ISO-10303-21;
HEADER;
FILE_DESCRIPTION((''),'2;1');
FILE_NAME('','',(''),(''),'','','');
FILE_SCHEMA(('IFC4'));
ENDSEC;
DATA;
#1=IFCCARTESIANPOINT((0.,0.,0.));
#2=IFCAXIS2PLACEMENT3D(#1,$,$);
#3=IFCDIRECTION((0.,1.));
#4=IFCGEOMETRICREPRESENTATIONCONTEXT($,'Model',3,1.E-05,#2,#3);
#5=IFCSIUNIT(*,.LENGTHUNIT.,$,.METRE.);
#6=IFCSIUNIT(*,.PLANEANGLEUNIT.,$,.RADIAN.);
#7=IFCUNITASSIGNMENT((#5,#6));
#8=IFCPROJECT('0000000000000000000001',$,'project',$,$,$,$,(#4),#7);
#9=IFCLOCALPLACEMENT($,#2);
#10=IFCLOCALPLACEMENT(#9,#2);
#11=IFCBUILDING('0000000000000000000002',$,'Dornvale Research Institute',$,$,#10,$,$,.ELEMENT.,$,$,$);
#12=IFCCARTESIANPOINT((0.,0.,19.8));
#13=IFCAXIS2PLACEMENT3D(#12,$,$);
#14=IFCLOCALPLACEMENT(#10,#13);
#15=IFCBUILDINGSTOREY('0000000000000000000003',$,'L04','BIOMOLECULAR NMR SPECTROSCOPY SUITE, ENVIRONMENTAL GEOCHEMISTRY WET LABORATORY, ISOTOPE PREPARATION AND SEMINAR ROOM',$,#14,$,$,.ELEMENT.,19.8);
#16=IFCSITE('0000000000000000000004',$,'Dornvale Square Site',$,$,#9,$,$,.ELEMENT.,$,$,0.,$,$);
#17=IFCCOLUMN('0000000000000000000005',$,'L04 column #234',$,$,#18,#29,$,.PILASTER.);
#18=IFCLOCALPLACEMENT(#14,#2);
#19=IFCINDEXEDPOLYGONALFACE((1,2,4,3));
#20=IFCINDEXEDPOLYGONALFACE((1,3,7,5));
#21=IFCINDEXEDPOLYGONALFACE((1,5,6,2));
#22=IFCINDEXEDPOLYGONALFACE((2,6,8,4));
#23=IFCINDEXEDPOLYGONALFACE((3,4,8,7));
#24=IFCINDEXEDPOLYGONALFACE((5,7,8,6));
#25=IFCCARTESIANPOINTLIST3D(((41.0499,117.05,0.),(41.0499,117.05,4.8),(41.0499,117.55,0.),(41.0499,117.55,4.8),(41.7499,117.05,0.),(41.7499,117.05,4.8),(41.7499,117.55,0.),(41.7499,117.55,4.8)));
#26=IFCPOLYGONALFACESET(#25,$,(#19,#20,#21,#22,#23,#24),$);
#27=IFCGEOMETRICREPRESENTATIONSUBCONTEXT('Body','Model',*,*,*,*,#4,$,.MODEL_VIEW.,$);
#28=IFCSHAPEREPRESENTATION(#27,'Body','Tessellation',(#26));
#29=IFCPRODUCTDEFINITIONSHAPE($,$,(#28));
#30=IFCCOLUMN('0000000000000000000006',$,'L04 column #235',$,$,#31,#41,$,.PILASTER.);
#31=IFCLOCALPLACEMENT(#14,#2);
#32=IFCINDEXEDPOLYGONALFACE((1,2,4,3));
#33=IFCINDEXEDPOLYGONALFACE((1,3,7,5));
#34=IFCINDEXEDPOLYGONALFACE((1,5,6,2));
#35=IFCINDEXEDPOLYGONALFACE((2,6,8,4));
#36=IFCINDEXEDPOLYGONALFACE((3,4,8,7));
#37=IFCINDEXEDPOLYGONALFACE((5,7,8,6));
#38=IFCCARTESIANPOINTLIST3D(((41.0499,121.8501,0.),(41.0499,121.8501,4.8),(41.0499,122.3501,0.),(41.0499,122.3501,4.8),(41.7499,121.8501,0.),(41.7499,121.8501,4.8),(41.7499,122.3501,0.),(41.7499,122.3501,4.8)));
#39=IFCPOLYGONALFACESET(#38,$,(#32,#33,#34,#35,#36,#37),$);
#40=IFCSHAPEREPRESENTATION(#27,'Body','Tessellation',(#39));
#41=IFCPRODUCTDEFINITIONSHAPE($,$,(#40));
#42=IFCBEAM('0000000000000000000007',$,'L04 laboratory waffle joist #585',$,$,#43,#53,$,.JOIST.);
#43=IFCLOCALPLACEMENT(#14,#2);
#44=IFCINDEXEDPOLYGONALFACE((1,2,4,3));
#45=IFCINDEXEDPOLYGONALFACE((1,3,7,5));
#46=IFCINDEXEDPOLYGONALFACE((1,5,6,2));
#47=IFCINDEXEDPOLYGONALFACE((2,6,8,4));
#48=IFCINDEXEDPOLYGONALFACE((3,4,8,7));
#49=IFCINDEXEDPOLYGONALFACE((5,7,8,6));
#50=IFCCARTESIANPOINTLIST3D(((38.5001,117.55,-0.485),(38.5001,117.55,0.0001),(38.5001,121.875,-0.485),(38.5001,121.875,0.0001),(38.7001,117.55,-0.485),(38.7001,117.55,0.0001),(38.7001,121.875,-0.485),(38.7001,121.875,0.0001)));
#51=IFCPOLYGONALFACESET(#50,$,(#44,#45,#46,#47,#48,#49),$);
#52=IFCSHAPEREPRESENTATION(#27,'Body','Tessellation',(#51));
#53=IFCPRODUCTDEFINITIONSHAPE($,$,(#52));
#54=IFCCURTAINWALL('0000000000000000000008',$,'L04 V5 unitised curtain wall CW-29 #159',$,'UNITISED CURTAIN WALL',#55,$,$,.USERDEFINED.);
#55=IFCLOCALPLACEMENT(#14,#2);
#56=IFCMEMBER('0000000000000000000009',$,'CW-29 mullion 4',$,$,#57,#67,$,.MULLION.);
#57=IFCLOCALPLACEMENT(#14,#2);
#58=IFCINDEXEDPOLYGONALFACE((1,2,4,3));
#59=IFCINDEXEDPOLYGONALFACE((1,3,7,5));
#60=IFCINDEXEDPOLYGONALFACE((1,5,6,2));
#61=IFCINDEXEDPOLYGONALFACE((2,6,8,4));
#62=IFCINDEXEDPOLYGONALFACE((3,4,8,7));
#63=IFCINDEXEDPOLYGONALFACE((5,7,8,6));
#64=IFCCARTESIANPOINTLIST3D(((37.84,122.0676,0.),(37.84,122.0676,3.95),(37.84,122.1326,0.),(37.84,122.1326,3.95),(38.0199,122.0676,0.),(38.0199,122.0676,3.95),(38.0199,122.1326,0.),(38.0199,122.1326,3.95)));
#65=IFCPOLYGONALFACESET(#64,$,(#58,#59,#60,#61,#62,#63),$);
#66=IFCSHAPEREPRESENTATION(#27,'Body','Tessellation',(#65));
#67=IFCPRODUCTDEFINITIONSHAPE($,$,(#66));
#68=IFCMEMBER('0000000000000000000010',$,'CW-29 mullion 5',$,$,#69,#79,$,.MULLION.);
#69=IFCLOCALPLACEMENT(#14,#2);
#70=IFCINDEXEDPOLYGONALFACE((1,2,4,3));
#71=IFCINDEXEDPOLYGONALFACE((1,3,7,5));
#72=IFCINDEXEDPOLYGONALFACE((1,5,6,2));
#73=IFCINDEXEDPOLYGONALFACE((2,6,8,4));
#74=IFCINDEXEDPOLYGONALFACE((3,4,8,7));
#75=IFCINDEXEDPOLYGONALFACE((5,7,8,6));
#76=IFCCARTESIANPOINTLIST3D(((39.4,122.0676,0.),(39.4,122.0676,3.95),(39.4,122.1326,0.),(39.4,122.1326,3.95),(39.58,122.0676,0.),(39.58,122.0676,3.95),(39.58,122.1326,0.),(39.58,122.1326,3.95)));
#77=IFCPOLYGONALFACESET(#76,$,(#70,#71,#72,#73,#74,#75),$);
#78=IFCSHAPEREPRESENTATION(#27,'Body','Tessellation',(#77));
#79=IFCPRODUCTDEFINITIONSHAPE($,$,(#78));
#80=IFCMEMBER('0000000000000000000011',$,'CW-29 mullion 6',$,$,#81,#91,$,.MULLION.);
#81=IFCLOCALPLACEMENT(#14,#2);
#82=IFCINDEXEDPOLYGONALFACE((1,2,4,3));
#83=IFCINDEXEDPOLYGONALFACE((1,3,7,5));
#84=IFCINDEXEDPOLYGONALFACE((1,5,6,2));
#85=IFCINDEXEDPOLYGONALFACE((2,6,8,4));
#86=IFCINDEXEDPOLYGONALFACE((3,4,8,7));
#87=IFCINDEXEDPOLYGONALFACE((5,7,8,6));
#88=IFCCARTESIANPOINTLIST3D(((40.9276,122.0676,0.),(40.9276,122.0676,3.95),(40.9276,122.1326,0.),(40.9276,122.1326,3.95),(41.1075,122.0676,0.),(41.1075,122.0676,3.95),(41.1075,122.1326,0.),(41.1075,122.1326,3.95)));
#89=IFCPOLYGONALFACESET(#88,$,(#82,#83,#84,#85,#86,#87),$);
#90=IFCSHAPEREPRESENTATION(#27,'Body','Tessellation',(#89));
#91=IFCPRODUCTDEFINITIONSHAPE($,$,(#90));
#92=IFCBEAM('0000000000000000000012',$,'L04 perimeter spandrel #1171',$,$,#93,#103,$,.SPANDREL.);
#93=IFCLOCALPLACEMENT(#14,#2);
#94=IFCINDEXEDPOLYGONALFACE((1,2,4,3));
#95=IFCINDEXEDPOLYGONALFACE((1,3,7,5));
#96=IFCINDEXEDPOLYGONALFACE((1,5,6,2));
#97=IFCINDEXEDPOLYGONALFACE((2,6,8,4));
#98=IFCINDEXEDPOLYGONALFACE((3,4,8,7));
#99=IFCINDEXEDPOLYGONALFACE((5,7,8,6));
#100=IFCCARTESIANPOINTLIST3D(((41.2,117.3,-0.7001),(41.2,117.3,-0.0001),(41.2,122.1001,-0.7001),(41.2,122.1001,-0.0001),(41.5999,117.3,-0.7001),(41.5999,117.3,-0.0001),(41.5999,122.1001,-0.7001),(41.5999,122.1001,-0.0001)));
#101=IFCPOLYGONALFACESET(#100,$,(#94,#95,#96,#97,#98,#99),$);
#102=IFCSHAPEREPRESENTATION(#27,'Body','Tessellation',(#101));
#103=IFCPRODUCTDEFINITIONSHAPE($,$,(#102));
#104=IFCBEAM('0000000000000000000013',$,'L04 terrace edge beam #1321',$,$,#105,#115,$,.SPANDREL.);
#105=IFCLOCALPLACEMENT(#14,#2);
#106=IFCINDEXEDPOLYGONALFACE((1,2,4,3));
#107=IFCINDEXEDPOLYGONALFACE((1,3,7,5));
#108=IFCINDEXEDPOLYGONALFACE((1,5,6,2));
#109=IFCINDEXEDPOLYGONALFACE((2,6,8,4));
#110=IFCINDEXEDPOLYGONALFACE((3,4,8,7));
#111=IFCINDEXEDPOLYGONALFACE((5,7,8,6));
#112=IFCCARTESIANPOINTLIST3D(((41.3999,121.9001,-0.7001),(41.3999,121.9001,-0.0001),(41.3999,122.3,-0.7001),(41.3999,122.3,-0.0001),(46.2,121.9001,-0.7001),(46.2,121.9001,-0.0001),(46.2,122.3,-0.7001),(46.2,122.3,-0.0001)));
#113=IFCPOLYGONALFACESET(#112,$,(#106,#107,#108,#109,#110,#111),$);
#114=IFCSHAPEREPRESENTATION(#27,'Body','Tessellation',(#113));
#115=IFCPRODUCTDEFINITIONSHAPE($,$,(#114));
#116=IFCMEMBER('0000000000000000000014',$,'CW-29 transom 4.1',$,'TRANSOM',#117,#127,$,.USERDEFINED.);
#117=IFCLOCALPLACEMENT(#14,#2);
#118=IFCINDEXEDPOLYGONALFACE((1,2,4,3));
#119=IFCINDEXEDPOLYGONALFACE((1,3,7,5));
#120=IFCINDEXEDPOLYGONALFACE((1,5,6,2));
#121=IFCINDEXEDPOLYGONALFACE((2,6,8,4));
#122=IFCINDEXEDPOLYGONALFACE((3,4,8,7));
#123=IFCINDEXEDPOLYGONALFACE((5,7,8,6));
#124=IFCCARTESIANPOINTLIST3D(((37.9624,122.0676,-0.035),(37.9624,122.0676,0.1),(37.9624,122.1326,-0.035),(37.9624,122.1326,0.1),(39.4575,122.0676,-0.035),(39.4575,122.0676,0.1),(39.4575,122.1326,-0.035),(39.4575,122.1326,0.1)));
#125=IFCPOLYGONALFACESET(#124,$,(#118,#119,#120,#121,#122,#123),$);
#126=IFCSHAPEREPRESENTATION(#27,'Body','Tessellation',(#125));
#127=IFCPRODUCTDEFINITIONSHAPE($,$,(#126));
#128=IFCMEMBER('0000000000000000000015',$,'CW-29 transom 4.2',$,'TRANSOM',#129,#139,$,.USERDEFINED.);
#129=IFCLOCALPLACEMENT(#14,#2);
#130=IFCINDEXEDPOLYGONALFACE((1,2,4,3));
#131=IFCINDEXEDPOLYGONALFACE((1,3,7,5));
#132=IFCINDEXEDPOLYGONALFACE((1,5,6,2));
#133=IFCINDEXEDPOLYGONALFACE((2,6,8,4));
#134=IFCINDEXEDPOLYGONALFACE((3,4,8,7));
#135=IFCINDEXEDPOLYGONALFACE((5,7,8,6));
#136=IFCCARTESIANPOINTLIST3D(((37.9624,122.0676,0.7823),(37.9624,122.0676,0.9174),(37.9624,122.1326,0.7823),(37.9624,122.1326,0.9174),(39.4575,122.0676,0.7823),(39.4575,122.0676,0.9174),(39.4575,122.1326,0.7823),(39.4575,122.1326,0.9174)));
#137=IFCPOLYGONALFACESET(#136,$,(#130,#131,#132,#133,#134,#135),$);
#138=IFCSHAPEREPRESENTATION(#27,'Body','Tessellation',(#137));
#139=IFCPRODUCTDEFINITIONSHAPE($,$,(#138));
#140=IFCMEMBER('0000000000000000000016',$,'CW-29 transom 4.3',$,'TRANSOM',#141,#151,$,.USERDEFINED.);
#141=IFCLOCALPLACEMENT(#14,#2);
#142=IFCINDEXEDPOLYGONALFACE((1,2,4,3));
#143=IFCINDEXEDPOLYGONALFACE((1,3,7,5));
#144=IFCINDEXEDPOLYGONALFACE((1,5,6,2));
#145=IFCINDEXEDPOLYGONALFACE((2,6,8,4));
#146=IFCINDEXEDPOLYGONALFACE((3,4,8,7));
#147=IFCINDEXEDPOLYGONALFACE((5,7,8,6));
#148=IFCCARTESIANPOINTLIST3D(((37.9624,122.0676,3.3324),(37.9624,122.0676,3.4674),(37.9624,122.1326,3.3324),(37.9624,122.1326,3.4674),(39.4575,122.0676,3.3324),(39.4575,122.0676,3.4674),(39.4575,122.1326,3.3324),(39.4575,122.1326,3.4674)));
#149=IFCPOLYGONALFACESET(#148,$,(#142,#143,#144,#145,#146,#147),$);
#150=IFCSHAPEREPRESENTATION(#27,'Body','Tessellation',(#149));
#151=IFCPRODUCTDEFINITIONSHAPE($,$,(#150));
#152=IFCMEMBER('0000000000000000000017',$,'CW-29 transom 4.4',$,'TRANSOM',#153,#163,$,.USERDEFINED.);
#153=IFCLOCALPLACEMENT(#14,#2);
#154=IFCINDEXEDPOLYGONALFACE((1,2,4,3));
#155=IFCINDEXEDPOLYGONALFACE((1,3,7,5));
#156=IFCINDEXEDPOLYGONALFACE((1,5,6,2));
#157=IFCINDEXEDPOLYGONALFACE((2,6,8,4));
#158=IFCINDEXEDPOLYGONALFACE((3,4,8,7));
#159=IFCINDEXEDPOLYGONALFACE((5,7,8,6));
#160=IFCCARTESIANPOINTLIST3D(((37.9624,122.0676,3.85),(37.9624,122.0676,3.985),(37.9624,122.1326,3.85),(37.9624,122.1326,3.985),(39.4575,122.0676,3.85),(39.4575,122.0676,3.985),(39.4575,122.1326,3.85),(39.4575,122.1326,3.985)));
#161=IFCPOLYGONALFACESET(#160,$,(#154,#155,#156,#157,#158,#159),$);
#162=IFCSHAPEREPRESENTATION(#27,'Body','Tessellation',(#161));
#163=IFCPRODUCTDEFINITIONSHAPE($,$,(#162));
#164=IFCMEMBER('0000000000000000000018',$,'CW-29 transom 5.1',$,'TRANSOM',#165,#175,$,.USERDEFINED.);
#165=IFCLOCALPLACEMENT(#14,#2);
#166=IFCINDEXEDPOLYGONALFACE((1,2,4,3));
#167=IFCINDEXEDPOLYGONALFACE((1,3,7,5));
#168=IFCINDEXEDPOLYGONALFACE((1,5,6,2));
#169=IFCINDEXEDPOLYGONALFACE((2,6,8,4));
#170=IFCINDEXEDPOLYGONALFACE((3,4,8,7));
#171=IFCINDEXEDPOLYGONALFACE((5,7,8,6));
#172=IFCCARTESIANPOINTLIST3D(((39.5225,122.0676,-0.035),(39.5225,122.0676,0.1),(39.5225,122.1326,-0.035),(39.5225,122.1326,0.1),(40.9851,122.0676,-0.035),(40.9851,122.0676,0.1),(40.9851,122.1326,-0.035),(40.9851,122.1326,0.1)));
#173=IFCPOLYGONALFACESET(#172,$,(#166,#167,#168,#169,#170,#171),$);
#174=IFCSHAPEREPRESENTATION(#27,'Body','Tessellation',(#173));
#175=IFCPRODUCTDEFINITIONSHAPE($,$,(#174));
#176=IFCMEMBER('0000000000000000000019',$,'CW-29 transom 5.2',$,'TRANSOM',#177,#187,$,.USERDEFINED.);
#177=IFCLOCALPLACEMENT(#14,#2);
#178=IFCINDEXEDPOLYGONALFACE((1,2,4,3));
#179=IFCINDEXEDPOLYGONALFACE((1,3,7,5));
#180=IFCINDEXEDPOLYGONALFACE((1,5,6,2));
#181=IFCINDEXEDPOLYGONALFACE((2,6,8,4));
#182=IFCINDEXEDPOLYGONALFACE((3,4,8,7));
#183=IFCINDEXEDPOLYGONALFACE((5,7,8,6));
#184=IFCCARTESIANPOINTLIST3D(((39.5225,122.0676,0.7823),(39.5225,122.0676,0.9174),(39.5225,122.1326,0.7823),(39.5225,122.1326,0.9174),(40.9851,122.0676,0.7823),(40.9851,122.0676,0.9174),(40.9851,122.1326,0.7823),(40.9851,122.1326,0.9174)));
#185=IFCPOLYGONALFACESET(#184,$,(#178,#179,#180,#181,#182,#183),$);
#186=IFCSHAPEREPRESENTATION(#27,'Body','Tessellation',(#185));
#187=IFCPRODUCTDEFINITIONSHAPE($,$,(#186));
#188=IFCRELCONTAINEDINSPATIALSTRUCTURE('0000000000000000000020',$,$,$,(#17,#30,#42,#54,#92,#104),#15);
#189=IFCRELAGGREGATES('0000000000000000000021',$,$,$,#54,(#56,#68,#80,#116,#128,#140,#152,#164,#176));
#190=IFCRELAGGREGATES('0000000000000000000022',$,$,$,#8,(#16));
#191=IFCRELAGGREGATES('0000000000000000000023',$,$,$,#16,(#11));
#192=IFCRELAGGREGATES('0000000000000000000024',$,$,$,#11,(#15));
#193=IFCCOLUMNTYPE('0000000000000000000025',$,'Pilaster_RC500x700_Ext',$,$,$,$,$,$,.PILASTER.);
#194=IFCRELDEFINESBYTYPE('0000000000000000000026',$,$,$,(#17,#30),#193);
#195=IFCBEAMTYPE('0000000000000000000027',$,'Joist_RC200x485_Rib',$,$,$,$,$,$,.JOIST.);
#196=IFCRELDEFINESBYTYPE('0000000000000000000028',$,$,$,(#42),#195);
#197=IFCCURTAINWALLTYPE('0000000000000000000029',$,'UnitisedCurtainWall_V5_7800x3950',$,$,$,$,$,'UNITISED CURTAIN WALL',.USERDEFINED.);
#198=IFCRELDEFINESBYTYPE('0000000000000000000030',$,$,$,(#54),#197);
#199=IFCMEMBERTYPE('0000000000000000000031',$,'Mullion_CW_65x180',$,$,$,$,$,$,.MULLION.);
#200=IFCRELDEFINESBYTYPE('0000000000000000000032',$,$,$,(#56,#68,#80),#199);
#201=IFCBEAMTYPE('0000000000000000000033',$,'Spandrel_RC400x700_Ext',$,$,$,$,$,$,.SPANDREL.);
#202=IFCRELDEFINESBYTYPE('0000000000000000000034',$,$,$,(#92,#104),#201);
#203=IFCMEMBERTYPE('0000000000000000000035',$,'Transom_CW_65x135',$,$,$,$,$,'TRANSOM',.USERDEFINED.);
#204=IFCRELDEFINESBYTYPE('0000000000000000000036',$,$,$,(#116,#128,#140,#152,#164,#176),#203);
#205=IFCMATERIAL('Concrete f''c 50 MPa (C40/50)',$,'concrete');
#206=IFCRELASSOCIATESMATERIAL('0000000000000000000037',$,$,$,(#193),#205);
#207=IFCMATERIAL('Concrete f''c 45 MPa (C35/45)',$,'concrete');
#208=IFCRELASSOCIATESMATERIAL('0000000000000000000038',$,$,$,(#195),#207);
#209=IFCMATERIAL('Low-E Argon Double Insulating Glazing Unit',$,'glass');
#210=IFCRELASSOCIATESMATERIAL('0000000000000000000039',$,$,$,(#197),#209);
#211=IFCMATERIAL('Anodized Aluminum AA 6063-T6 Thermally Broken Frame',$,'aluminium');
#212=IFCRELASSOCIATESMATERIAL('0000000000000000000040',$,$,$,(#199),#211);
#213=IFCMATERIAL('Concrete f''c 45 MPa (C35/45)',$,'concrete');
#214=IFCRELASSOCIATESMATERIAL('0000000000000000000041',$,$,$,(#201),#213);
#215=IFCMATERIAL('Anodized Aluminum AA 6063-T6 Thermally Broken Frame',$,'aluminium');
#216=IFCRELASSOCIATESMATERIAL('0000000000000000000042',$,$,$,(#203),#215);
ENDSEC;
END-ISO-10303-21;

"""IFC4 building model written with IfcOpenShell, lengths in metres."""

from ifc_helpers import new_model, si_unit, direction, frame, origin, origin_2d, place, context, subcontext, project, spatial, rectangle, extrude, material, material_profile, profile_set, type_object, element, aggregate, save


model = new_model("IFC4")

# Units and contexts
model_context = context("Model", 3, precision=1e-05, world=origin(), true_north=direction((0.0, 1.0)))
body_context = subcontext(model_context, "Body", "Model", "MODEL_VIEW")
ifc_project = project(units=[si_unit("LENGTHUNIT", "METRE"), si_unit("PLANEANGLEUNIT", "RADIAN")], contexts=[model_context])

# Site, building, storey
site_placement = place(None, origin())
site = spatial("IfcSite", under=ifc_project, at=site_placement, Name="Dornvale Square Site", CompositionType="ELEMENT", RefElevation=0.0)
building_placement = place(site_placement, origin())
building = spatial("IfcBuilding", under=site, at=building_placement, Name="Dornvale Research Institute", CompositionType="ELEMENT")
storey_placement = place(building_placement, frame((0.0, 0.0, 19.8)))
storey = spatial("IfcBuildingStorey", under=building, at=storey_placement, Name="L04", Description="BIOMOLECULAR NMR SPECTROSCOPY SUITE, ENVIRONMENTAL GEOCHEMISTRY WET LABORATORY, ISOTOPE PREPARATION AND SEMINAR ROOM", CompositionType="ELEMENT", Elevation=19.8)

# Columns
ifc_material_1 = material(Name="Concrete f'c 50 MPa (C40/50)", Category="concrete")
ifc_material_profile_1 = material_profile(ifc_material_1, rectangle(XDim=0.5, YDim=0.7, at=origin_2d()), Name="RC 500x700")
ifc_profile_set_1 = profile_set([ifc_material_profile_1], Name="Concrete f'c 50 MPa (C40/50)")
column_type = type_object("IfcColumnType", Name="Pilaster_RC500x700_Ext", PredefinedType="PILASTER", material=ifc_profile_set_1)
for number, where, z_axis, x_axis, name in (
    (1, (41.3999, 117.3, 0.0), (0.0, 0.0, 1.0), (0.0, 1.0, 0.0), "L04 column #234"),
    (2, (41.3999, 122.1001, 0.0), (0.0, 0.0, 1.0), (0.0, 1.0, 0.0), "L04 column #235"),
):
    element("IfcColumn", number, at=place(storey_placement, frame(where, z_axis=z_axis, x_axis=x_axis)), inside=storey, type_object=column_type, Name=name, PredefinedType="PILASTER", context=body_context, shape_type="SweptSolid", body=[
        extrude(rectangle(XDim=0.5, YDim=0.7, at=origin_2d()), origin(), (0.0, 0.0, 1.0), 4.8),
    ])

# Beam
ifc_material_2 = material(Name="Concrete f'c 45 MPa (C35/45)", Category="concrete")
ifc_material_profile_2 = material_profile(ifc_material_2, rectangle(XDim=0.2, YDim=0.4851, at=origin_2d()), Name="RC 200x485")
ifc_profile_set_2 = profile_set([ifc_material_profile_2], Name="Concrete f'c 45 MPa (C35/45)")
beam_type_1 = type_object("IfcBeamType", Name="Joist_RC200x485_Rib", PredefinedType="JOIST", material=ifc_profile_set_2)
beam_placement = place(storey_placement, frame((38.6001, 117.55, -0.2424), z_axis=(0.0, 1.0, 0.0), x_axis=(-1.0, 0.0, 0.0)))
element("IfcBeam", 3, at=beam_placement, inside=storey, type_object=beam_type_1, Name="L04 laboratory waffle joist #585", PredefinedType="JOIST", context=body_context, shape_type="SweptSolid", body=[
    extrude(rectangle(XDim=0.2, YDim=0.4851, at=origin_2d()), origin(), (0.0, 0.0, 1.0), 4.325),
])

# Curtain wall, members
ifc_material_3 = material(Name="Low-E Argon Double Insulating Glazing Unit", Category="glass")
curtain_wall_type = type_object("IfcCurtainWallType", Name="UnitisedCurtainWall_V5_7800x3950", ElementType="UNITISED CURTAIN WALL", PredefinedType="USERDEFINED", material=ifc_material_3)
curtain_wall_placement = place(storey_placement, origin())
curtain_wall = element("IfcCurtainWall", 4, at=curtain_wall_placement, inside=storey, type_object=curtain_wall_type, Name="L04 V5 unitised curtain wall CW-29 #159", ObjectType="UNITISED CURTAIN WALL", PredefinedType="USERDEFINED")
ifc_material_4 = material(Name="Anodized Aluminum AA 6063-T6 Thermally Broken Frame", Category="aluminium")
ifc_material_profile_3 = material_profile(ifc_material_4, rectangle(XDim=0.0649, YDim=0.1799, at=origin_2d()), Name="ALU MULLION 65x180")
ifc_profile_set_3 = profile_set([ifc_material_profile_3], Name="Anodized Aluminum AA 6063-T6 Thermally Broken Frame")
member_type_1 = type_object("IfcMemberType", Name="Mullion_CW_65x180", PredefinedType="MULLION", material=ifc_profile_set_3)
member_1_placement = place(storey_placement, frame((37.9299, 122.1001, 0.0), z_axis=(0.0, 0.0, 1.0), x_axis=(0.0, 1.0, 0.0)))
member_1 = element("IfcMember", 5, at=member_1_placement, type_object=member_type_1, Name="CW-29 mullion 4", PredefinedType="MULLION", context=body_context, shape_type="SweptSolid", body=[
    extrude(rectangle(XDim=0.0649, YDim=0.1799, at=origin_2d()), origin(), (0.0, 0.0, 1.0), 3.95),
])
member_2_placement = place(storey_placement, frame((39.49, 122.1001, 0.0), z_axis=(0.0, 0.0, 1.0), x_axis=(0.0, 1.0, 0.0)))
member_2 = element("IfcMember", 6, at=member_2_placement, type_object=member_type_1, Name="CW-29 mullion 5", PredefinedType="MULLION", context=body_context, shape_type="SweptSolid", body=[
    extrude(rectangle(XDim=0.0649, YDim=0.1799, at=origin_2d()), origin(), (0.0, 0.0, 1.0), 3.95),
])
member_3_placement = place(storey_placement, frame((41.0176, 122.1001, 0.0), z_axis=(0.0, 0.0, 1.0), x_axis=(0.0, 1.0, 0.0)))
member_3 = element("IfcMember", 7, at=member_3_placement, type_object=member_type_1, Name="CW-29 mullion 6", PredefinedType="MULLION", context=body_context, shape_type="SweptSolid", body=[
    extrude(rectangle(XDim=0.0649, YDim=0.1799, at=origin_2d()), origin(), (0.0, 0.0, 1.0), 3.95),
])

# Beams
ifc_material_5 = material(Name="Concrete f'c 45 MPa (C35/45)", Category="concrete")
ifc_material_profile_4 = material_profile(ifc_material_5, rectangle(XDim=0.3999, YDim=0.7, at=origin_2d()), Name="RC 400x700")
ifc_profile_set_4 = profile_set([ifc_material_profile_4], Name="Concrete f'c 45 MPa (C35/45)")
beam_type_2 = type_object("IfcBeamType", Name="Spandrel_RC400x700_Ext", PredefinedType="SPANDREL", material=ifc_profile_set_4)
for number, where, z_axis, x_axis, name in (
    (8, (41.3999, 117.3, -0.3501), (0.0, 1.0, 0.0), (-1.0, 0.0, 0.0), "L04 perimeter spandrel #1171"),
    (9, (41.3999, 122.1001, -0.3501), (1.0, 0.0, 0.0), (0.0, 1.0, 0.0), "L04 terrace edge beam #1321"),
):
    element("IfcBeam", number, at=place(storey_placement, frame(where, z_axis=z_axis, x_axis=x_axis)), inside=storey, type_object=beam_type_2, Name=name, PredefinedType="SPANDREL", context=body_context, shape_type="SweptSolid", body=[
        extrude(rectangle(XDim=0.3999, YDim=0.7, at=origin_2d()), origin(), (0.0, 0.0, 1.0), 4.8),
    ])

# Members
ifc_material_6 = material(Name="Anodized Aluminum AA 6063-T6 Thermally Broken Frame", Category="aluminium")
ifc_material_profile_5 = material_profile(ifc_material_6, rectangle(XDim=0.0649, YDim=0.135, at=origin_2d()), Name="ALU TRANSOM 65x135")
ifc_profile_set_5 = profile_set([ifc_material_profile_5], Name="Anodized Aluminum AA 6063-T6 Thermally Broken Frame")
member_type_2 = type_object("IfcMemberType", Name="Transom_CW_65x135", ElementType="TRANSOM", PredefinedType="USERDEFINED", material=ifc_profile_set_5)
member_4_placement = place(storey_placement, frame((37.9624, 122.1001, 0.0325), z_axis=(1.0, 0.0, 0.0), x_axis=(0.0, 1.0, 0.0)))
member_4 = element("IfcMember", 10, at=member_4_placement, type_object=member_type_2, Name="CW-29 transom 4.1", ObjectType="TRANSOM", PredefinedType="USERDEFINED", context=body_context, shape_type="SweptSolid", body=[
    extrude(rectangle(XDim=0.0649, YDim=0.135, at=origin_2d()), origin(), (0.0, 0.0, 1.0), 1.4951),
])
member_5_placement = place(storey_placement, frame((37.9624, 122.1001, 0.8499), z_axis=(1.0, 0.0, 0.0), x_axis=(0.0, 1.0, 0.0)))
member_5 = element("IfcMember", 11, at=member_5_placement, type_object=member_type_2, Name="CW-29 transom 4.2", ObjectType="TRANSOM", PredefinedType="USERDEFINED", context=body_context, shape_type="SweptSolid", body=[
    extrude(rectangle(XDim=0.0649, YDim=0.135, at=origin_2d()), origin(), (0.0, 0.0, 1.0), 1.4951),
])
member_6_placement = place(storey_placement, frame((37.9624, 122.1001, 3.3999), z_axis=(1.0, 0.0, 0.0), x_axis=(0.0, 1.0, 0.0)))
member_6 = element("IfcMember", 12, at=member_6_placement, type_object=member_type_2, Name="CW-29 transom 4.3", ObjectType="TRANSOM", PredefinedType="USERDEFINED", context=body_context, shape_type="SweptSolid", body=[
    extrude(rectangle(XDim=0.0649, YDim=0.135, at=origin_2d()), origin(), (0.0, 0.0, 1.0), 1.4951),
])
member_7_placement = place(storey_placement, frame((37.9624, 122.1001, 3.9175), z_axis=(1.0, 0.0, 0.0), x_axis=(0.0, 1.0, 0.0)))
member_7 = element("IfcMember", 13, at=member_7_placement, type_object=member_type_2, Name="CW-29 transom 4.4", ObjectType="TRANSOM", PredefinedType="USERDEFINED", context=body_context, shape_type="SweptSolid", body=[
    extrude(rectangle(XDim=0.0649, YDim=0.135, at=origin_2d()), origin(), (0.0, 0.0, 1.0), 1.4951),
])
member_8_placement = place(storey_placement, frame((39.5225, 122.1001, 0.0325), z_axis=(1.0, 0.0, 0.0), x_axis=(0.0, 1.0, 0.0)))
member_8 = element("IfcMember", 14, at=member_8_placement, type_object=member_type_2, Name="CW-29 transom 5.1", ObjectType="TRANSOM", PredefinedType="USERDEFINED", context=body_context, shape_type="SweptSolid", body=[
    extrude(rectangle(XDim=0.0649, YDim=0.135, at=origin_2d()), origin(), (0.0, 0.0, 1.0), 1.4626),
])
member_9_placement = place(storey_placement, frame((39.5225, 122.1001, 0.8499), z_axis=(1.0, 0.0, 0.0), x_axis=(0.0, 1.0, 0.0)))
member_9 = element("IfcMember", 15, at=member_9_placement, type_object=member_type_2, Name="CW-29 transom 5.2", ObjectType="TRANSOM", PredefinedType="USERDEFINED", context=body_context, shape_type="SweptSolid", body=[
    extrude(rectangle(XDim=0.0649, YDim=0.135, at=origin_2d()), origin(), (0.0, 0.0, 1.0), 1.4626),
])

aggregate(curtain_wall, [member_1, member_2, member_3, member_4, member_5, member_6, member_7, member_8, member_9])

save(model, "model.ifc")
